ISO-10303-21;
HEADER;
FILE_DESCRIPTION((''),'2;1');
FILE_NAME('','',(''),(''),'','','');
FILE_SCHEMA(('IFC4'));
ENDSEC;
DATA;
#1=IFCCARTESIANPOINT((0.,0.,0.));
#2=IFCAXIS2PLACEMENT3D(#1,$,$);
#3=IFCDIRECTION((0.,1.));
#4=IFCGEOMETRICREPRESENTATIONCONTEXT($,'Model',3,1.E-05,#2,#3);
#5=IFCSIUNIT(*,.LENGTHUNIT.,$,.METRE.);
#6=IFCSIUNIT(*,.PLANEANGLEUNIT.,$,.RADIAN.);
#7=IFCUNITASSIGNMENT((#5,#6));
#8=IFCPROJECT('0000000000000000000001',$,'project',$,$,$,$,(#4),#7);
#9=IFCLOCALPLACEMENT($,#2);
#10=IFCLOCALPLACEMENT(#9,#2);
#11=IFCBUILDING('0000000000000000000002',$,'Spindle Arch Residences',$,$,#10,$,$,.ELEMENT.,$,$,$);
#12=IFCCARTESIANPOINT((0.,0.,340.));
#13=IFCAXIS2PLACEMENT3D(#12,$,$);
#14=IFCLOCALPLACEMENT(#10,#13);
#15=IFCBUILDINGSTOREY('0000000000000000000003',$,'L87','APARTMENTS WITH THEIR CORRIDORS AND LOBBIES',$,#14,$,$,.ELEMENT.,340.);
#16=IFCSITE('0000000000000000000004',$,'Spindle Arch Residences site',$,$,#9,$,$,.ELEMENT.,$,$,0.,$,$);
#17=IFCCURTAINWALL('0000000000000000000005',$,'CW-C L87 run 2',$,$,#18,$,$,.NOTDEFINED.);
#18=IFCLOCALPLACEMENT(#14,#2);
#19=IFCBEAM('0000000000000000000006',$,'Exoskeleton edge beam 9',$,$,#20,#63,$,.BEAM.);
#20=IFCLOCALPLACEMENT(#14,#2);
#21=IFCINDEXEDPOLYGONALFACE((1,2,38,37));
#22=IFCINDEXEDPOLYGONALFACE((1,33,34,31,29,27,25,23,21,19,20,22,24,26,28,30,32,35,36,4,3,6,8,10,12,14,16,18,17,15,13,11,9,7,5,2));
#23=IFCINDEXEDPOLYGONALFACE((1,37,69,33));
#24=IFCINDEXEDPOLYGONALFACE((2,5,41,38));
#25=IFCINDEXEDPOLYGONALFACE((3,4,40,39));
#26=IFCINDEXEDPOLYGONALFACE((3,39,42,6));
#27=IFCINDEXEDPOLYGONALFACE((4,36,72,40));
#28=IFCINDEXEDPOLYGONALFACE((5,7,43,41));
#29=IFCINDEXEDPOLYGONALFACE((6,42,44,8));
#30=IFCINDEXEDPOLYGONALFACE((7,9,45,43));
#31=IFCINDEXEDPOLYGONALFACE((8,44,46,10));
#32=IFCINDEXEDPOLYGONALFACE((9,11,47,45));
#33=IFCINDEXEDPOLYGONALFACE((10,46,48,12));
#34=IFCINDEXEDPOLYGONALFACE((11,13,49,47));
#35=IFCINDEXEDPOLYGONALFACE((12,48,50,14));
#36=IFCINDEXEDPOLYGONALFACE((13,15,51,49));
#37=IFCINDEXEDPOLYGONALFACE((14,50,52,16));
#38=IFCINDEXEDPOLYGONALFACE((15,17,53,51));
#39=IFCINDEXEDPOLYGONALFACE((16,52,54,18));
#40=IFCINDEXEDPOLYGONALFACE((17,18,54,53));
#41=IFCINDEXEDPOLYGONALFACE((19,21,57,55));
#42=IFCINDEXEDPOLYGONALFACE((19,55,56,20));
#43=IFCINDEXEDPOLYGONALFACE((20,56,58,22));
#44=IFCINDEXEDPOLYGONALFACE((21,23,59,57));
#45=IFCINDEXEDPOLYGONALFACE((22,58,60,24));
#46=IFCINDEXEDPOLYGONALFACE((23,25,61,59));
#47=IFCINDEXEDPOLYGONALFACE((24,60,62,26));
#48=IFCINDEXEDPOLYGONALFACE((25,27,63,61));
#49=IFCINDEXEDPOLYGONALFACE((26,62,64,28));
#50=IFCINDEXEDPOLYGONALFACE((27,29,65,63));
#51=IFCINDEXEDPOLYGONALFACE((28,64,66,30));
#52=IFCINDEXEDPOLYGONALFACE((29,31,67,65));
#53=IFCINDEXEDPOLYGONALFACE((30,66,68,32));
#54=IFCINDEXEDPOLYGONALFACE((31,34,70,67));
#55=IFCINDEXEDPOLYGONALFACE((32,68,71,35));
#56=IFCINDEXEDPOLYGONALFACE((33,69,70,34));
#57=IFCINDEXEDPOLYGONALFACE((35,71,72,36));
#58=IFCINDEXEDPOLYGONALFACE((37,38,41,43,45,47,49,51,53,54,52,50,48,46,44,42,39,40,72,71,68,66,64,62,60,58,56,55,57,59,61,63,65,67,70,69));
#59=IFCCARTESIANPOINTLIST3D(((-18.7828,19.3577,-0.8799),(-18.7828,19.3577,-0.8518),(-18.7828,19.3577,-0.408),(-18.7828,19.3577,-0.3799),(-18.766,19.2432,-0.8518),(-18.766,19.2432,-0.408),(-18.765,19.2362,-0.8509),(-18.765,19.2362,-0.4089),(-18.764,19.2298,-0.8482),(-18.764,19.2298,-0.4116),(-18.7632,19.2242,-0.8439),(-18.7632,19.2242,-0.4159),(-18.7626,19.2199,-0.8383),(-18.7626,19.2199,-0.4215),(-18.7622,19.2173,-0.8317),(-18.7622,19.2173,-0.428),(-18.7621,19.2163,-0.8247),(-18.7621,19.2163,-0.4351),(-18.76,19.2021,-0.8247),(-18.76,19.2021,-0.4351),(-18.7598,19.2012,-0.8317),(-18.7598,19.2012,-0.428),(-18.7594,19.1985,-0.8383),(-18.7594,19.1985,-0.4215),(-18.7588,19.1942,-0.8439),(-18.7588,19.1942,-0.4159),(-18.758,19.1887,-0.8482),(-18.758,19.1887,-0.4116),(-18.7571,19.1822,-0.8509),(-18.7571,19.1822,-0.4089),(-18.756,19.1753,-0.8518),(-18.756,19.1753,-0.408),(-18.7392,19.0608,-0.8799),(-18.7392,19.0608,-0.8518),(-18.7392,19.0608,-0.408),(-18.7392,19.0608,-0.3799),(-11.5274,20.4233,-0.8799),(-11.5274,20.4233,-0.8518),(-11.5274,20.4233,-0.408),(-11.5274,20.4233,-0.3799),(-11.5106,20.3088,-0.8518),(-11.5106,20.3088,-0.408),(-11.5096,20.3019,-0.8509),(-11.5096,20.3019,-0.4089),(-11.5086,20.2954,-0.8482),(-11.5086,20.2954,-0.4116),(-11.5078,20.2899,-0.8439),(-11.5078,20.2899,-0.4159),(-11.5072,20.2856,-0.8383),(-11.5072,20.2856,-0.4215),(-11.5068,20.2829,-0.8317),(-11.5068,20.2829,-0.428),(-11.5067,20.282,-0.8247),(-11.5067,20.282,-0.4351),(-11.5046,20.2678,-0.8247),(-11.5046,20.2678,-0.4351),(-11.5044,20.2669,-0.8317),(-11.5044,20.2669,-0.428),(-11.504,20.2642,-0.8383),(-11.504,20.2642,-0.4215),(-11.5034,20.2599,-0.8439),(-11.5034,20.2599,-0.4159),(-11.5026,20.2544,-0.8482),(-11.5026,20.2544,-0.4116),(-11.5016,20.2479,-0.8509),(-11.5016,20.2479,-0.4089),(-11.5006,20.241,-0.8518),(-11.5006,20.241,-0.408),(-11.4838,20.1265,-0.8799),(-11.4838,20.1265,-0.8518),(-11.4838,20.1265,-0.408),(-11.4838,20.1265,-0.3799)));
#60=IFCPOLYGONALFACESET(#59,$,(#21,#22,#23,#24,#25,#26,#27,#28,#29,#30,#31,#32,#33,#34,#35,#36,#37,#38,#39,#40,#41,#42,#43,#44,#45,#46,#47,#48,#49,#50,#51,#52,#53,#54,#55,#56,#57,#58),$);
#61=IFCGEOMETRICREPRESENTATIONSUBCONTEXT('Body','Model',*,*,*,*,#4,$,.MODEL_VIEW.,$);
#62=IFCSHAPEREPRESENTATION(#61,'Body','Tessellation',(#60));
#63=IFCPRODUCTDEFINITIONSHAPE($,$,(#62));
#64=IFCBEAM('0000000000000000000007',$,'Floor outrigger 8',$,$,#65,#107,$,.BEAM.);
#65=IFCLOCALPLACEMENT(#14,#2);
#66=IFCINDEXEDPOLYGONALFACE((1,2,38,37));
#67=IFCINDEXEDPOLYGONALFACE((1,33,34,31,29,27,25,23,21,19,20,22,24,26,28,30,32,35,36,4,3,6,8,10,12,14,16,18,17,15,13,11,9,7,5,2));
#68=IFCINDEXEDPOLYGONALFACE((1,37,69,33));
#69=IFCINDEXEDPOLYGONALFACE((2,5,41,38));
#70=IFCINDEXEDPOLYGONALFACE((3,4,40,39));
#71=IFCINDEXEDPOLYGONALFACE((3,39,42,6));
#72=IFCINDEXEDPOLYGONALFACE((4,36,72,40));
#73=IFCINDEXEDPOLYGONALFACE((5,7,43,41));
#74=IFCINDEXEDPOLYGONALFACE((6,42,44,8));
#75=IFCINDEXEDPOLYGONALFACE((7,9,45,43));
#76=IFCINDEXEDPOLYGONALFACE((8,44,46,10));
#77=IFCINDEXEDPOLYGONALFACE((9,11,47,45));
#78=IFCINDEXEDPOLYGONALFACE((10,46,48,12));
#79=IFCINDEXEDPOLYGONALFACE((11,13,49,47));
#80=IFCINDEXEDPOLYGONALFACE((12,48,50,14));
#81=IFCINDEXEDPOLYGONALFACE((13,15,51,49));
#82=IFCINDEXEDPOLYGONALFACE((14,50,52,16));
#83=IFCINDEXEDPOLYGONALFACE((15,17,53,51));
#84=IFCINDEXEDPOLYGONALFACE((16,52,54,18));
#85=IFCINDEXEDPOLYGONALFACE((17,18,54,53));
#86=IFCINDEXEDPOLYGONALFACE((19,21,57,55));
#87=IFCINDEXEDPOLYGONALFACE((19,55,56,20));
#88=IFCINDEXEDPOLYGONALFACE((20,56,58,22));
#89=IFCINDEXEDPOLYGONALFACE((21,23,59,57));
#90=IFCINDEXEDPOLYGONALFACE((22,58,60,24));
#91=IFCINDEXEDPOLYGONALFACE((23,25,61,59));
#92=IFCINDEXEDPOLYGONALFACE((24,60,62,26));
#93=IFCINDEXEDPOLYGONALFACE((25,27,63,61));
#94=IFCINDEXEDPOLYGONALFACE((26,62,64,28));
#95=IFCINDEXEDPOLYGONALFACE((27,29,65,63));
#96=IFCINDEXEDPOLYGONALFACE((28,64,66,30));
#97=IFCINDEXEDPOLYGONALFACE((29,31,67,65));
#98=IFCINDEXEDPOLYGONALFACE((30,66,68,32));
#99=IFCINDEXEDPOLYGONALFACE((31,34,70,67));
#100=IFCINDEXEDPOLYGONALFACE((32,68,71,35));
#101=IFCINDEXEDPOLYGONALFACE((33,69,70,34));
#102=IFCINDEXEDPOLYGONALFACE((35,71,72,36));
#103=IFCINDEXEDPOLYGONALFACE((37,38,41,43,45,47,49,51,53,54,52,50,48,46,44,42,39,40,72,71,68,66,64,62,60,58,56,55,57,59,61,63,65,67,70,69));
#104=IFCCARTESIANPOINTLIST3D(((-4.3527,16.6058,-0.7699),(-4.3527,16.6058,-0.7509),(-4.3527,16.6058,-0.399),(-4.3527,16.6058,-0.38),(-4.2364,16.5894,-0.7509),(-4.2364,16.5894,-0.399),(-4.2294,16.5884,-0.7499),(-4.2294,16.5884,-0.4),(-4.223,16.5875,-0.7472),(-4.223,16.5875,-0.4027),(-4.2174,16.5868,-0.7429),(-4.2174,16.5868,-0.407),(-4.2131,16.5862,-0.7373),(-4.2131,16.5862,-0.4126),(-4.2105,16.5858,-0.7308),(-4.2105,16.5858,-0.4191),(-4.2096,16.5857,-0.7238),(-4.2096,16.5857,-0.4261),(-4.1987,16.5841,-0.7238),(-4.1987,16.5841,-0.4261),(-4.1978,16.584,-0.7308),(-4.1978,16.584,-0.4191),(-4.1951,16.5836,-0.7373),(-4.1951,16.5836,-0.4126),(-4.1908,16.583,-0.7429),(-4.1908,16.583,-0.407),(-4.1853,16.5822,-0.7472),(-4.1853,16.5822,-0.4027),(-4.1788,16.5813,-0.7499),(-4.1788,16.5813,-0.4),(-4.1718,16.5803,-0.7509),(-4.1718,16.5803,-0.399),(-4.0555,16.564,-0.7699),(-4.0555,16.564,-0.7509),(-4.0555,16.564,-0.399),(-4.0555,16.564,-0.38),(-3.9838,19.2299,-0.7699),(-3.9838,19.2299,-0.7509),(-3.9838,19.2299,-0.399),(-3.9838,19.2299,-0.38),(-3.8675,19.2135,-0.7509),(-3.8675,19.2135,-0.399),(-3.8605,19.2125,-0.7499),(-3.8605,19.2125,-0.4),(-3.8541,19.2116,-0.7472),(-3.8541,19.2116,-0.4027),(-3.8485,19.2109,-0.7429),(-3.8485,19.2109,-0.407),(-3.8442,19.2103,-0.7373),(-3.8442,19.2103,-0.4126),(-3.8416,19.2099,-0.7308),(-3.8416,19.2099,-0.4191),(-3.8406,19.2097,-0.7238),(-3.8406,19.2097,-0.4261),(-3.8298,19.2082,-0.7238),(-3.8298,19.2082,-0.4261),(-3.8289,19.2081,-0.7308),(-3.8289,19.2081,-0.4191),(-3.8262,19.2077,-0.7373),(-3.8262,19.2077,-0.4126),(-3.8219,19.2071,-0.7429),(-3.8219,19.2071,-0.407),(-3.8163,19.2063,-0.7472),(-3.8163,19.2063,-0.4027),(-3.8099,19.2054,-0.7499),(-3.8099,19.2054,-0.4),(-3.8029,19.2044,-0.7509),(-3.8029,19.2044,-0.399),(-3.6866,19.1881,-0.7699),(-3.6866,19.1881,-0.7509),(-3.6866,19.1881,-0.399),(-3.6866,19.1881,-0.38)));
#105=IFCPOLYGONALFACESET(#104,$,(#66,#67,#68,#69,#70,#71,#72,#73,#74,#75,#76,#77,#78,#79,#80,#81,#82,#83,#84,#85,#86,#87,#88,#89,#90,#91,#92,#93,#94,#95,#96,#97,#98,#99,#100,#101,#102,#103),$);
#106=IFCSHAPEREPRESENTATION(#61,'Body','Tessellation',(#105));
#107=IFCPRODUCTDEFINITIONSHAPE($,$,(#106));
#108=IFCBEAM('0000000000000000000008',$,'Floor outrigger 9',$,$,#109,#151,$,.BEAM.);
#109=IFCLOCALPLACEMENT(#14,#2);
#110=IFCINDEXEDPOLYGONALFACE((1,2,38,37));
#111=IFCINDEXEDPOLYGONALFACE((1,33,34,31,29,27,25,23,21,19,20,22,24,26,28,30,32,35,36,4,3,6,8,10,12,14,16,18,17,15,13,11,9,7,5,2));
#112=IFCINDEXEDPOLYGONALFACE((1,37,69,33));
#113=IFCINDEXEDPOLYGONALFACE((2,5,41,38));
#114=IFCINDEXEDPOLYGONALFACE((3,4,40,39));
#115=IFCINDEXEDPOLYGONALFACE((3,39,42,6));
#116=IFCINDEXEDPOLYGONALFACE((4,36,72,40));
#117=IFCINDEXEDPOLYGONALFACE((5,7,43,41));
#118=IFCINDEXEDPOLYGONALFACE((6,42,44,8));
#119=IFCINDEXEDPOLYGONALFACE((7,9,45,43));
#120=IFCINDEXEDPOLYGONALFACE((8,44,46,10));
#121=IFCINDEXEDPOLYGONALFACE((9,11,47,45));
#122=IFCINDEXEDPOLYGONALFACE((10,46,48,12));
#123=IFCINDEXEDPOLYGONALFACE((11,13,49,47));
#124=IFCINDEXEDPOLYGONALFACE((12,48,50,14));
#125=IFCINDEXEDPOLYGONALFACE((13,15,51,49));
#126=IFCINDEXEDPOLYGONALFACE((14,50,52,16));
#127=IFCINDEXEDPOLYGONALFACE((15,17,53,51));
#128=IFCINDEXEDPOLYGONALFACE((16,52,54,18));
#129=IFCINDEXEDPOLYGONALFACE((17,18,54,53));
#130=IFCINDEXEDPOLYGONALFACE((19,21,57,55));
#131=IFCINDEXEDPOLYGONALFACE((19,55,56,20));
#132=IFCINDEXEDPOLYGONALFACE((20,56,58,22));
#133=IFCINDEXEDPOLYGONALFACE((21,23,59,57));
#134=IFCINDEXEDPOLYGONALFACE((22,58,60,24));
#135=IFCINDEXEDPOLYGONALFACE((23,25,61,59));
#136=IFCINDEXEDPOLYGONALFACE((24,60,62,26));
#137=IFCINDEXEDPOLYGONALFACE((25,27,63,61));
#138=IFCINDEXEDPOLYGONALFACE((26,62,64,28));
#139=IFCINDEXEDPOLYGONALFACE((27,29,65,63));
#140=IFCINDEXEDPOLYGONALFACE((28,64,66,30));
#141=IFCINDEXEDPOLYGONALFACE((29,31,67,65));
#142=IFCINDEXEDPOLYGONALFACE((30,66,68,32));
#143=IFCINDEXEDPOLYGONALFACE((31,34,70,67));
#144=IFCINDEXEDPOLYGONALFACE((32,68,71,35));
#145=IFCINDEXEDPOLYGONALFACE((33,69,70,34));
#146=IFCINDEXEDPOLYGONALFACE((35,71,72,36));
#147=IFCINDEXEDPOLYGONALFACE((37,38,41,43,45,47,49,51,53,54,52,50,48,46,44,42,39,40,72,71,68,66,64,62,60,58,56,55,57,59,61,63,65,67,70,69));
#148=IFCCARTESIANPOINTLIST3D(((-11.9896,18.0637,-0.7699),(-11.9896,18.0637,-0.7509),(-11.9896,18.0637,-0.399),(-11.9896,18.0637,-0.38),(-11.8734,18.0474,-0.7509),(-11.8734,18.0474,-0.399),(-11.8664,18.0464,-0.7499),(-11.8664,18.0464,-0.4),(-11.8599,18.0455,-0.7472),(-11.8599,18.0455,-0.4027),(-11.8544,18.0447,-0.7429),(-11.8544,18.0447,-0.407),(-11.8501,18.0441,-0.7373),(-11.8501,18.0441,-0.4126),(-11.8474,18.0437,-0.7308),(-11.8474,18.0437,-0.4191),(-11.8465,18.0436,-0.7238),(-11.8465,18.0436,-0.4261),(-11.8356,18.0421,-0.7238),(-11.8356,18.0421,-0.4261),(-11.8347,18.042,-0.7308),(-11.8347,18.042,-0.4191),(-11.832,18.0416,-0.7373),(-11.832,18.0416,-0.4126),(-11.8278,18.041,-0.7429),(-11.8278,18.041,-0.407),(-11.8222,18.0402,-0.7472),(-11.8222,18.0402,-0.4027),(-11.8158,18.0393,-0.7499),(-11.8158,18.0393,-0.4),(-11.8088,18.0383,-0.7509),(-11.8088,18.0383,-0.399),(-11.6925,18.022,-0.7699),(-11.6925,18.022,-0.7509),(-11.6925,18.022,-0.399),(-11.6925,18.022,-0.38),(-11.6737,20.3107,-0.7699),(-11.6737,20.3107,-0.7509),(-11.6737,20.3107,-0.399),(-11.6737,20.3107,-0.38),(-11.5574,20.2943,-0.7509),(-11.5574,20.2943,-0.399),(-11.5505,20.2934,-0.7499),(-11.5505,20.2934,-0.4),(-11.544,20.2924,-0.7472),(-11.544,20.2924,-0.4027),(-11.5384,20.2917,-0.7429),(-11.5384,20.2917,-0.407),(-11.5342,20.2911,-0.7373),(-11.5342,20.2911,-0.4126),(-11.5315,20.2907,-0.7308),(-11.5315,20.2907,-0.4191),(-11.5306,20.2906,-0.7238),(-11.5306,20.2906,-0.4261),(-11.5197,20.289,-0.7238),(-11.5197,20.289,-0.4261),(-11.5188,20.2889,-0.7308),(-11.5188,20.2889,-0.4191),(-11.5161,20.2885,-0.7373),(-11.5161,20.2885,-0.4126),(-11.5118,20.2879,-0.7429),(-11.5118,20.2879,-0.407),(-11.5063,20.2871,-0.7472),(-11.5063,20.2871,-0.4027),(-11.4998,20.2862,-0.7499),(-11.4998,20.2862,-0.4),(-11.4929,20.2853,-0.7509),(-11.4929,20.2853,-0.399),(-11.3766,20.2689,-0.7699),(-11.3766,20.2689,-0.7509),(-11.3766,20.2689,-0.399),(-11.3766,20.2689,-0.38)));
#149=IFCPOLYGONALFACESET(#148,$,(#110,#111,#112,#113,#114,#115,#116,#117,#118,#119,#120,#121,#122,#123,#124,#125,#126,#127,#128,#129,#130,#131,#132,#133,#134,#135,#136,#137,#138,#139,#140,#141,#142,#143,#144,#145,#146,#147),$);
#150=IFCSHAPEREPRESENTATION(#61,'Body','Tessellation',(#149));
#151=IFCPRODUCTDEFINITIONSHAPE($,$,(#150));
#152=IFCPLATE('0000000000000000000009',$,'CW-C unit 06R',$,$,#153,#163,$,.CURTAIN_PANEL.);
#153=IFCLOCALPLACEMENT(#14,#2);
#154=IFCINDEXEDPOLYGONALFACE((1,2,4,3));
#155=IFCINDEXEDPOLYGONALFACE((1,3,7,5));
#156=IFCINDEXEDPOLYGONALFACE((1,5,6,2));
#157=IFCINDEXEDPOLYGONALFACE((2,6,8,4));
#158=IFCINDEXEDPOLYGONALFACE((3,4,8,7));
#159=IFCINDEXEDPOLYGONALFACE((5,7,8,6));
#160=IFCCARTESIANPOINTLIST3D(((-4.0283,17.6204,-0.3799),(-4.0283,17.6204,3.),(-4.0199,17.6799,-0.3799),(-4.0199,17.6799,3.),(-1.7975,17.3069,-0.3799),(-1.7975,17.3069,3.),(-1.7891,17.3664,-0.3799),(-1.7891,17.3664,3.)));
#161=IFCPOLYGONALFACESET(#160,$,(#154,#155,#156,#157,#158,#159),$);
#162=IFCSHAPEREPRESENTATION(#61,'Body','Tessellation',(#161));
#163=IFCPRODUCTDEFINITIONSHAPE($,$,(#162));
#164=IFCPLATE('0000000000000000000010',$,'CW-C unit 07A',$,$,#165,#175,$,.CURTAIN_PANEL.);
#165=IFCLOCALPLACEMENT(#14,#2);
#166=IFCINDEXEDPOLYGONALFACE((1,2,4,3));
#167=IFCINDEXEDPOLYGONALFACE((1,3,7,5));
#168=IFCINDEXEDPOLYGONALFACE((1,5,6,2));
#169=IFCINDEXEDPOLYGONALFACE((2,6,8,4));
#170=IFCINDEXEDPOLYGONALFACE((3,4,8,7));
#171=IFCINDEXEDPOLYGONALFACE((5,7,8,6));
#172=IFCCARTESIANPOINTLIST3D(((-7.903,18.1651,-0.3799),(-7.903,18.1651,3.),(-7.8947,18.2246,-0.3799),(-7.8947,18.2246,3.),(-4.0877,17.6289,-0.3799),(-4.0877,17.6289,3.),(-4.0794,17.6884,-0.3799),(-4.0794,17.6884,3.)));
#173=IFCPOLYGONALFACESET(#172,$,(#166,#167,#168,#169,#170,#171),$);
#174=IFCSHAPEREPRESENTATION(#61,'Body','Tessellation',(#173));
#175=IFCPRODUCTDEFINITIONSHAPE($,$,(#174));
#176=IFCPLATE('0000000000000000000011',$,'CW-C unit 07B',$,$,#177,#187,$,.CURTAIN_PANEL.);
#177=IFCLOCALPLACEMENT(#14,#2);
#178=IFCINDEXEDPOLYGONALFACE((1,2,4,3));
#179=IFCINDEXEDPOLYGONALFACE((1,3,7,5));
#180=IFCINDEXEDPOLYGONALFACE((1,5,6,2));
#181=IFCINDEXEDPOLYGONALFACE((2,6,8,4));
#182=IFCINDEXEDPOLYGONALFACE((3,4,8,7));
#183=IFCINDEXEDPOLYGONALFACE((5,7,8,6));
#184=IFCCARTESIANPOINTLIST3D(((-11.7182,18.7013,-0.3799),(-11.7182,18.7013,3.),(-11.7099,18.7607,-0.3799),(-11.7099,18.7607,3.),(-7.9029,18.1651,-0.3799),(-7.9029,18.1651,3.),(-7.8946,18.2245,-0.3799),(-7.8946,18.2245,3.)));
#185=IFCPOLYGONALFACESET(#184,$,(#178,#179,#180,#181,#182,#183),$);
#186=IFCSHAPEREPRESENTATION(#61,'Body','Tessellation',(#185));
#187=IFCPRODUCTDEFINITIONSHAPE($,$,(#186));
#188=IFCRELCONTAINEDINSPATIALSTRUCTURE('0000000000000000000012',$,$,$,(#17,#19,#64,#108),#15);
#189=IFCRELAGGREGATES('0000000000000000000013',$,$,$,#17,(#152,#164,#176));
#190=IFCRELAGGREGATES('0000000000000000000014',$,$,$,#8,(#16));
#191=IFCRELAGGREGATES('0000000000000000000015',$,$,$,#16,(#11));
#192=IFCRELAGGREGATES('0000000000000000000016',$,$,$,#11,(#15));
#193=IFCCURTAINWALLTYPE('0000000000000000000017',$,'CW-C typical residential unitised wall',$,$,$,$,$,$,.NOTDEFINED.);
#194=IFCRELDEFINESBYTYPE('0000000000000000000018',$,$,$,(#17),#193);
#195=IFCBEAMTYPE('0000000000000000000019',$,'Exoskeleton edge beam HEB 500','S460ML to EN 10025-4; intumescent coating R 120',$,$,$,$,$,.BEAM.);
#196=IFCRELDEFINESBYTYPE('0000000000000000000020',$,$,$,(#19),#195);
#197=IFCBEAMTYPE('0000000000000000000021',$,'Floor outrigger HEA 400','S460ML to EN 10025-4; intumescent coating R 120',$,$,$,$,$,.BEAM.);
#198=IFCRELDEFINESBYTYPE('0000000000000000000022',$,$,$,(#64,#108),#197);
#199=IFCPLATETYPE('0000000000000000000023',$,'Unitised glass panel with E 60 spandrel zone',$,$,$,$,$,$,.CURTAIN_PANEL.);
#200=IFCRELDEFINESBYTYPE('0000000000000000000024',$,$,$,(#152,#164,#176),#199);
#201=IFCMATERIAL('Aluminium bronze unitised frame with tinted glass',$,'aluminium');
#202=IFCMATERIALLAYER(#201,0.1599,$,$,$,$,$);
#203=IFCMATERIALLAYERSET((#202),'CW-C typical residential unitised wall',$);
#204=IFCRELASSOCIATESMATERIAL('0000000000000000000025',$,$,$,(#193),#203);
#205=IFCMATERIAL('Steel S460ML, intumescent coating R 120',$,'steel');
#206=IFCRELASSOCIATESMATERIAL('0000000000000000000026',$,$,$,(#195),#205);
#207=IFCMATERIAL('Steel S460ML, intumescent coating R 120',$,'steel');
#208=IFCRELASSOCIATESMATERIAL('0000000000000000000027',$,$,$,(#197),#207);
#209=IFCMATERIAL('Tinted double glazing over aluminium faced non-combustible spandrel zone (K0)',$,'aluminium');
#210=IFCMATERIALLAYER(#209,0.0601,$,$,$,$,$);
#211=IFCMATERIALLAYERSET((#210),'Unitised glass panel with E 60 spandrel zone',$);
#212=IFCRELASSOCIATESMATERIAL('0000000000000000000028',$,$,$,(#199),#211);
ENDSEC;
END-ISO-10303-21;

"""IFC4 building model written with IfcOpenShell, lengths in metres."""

from ifc_helpers import new_model, si_unit, direction, frame, origin, origin_2d, place, context, subcontext, project, spatial, rectangle, i_section, extrude, material, layer, layer_set, material_profile, profile_set, type_object, element, aggregate, save


model = new_model("IFC4")

# Units and contexts
model_context = context("Model", 3, precision=1e-05, world=origin(), true_north=direction((0.0, 1.0)))
body_context = subcontext(model_context, "Body", "Model", "MODEL_VIEW")
ifc_project = project(units=[si_unit("LENGTHUNIT", "METRE"), si_unit("PLANEANGLEUNIT", "RADIAN")], contexts=[model_context])

# Site, building, storey
site_placement = place(None, origin())
site = spatial("IfcSite", under=ifc_project, at=site_placement, Name="Spindle Arch Residences site", CompositionType="ELEMENT", RefElevation=0.0)
building_placement = place(site_placement, origin())
building = spatial("IfcBuilding", under=site, at=building_placement, Name="Spindle Arch Residences", CompositionType="ELEMENT")
storey_placement = place(building_placement, frame((0.0, 0.0, 340.0)))
storey = spatial("IfcBuildingStorey", under=building, at=storey_placement, Name="L87", Description="APARTMENTS WITH THEIR CORRIDORS AND LOBBIES", CompositionType="ELEMENT", Elevation=340.0)

# Curtain wall
ifc_material_1 = material(Name="Aluminium bronze unitised frame with tinted glass", Category="aluminium")
ifc_layer_1 = layer(ifc_material_1, 0.1599)
ifc_layer_set_1 = layer_set([ifc_layer_1], Name="CW-C typical residential unitised wall")
curtain_wall_type_1 = type_object("IfcCurtainWallType", Name="CW-C typical residential unitised wall", PredefinedType="NOTDEFINED", material=ifc_layer_set_1)
curtain_wall_1_placement = place(storey_placement, origin())
curtain_wall_1 = element("IfcCurtainWall", 1, at=curtain_wall_1_placement, inside=storey, type_object=curtain_wall_type_1, Name="CW-C L87 run 2", PredefinedType="NOTDEFINED")

# Beams
ifc_material_2 = material(Name="Steel S460ML, intumescent coating R 120", Category="steel")
ifc_material_profile_1 = material_profile(ifc_material_2, i_section(OverallWidth=0.3, OverallDepth=0.5, WebThickness=0.0144, FlangeThickness=0.0281, FilletRadius=0.0271, at=origin_2d()), Name="HEB 500")
ifc_profile_set_1 = profile_set([ifc_material_profile_1], Name="Steel S460ML, intumescent coating R 120")
beam_type_1 = type_object("IfcBeamType", Name="Exoskeleton edge beam HEB 500", Description="S460ML to EN 10025-4; intumescent coating R 120", PredefinedType="BEAM", material=ifc_profile_set_1)
beam_1_placement = place(storey_placement, frame((-11.5056, 20.2749, -0.6299), z_axis=(-0.989384, -0.145321, 0.0), x_axis=(0.145321, -0.989384, 0.0)))
element("IfcBeam", 2, at=beam_1_placement, inside=storey, type_object=beam_type_1, Name="Exoskeleton edge beam 9", PredefinedType="BEAM", context=body_context, shape_type="SweptSolid", body=[
    extrude(i_section(OverallWidth=0.3, OverallDepth=0.5, WebThickness=0.0144, FlangeThickness=0.0281, FilletRadius=0.0271, at=origin_2d()), origin(), (0.0, 0.0, 1.0), 7.3333),
])
ifc_material_3 = material(Name="Steel S460ML, intumescent coating R 120", Category="steel")
ifc_material_profile_2 = material_profile(ifc_material_3, i_section(OverallWidth=0.3, OverallDepth=0.3899, WebThickness=0.011, FlangeThickness=0.019, FilletRadius=0.0271, at=origin_2d()), Name="HEA 400")
ifc_profile_set_2 = profile_set([ifc_material_profile_2], Name="Steel S460ML, intumescent coating R 120")
beam_type_2 = type_object("IfcBeamType", Name="Floor outrigger HEA 400", Description="S460ML to EN 10025-4; intumescent coating R 120", PredefinedType="BEAM", material=ifc_profile_set_2)
beam_2_placement = place(storey_placement, frame((-3.8352, 19.209, -0.575), z_axis=(-0.139215, -0.990262, 0.0), x_axis=(0.990262, -0.139215, 0.0)))
element("IfcBeam", 3, at=beam_2_placement, inside=storey, type_object=beam_type_2, Name="Floor outrigger 8", PredefinedType="BEAM", context=body_context, shape_type="SweptSolid", body=[
    extrude(i_section(OverallWidth=0.3, OverallDepth=0.3899, WebThickness=0.011, FlangeThickness=0.019, FilletRadius=0.0271, at=origin_2d()), origin(), (0.0, 0.0, 1.0), 2.6499),
])
beam_3_placement = place(storey_placement, frame((-11.5251, 20.2898, -0.575), z_axis=(-0.139237, -0.990259, 0.0), x_axis=(0.990259, -0.139237, 0.0)))
element("IfcBeam", 4, at=beam_3_placement, inside=storey, type_object=beam_type_2, Name="Floor outrigger 9", PredefinedType="BEAM", context=body_context, shape_type="SweptSolid", body=[
    extrude(i_section(OverallWidth=0.3, OverallDepth=0.3899, WebThickness=0.011, FlangeThickness=0.019, FilletRadius=0.0271, at=origin_2d()), origin(), (0.0, 0.0, 1.0), 2.269),
])

# Plates
ifc_material_4 = material(Name="Tinted double glazing over aluminium faced non-combustible spandrel zone (K0)", Category="aluminium")
ifc_layer_2 = layer(ifc_material_4, 0.0601)
ifc_layer_set_2 = layer_set([ifc_layer_2], Name="Unitised glass panel with E 60 spandrel zone")
plate_type = type_object("IfcPlateType", Name="Unitised glass panel with E 60 spandrel zone", PredefinedType="CURTAIN_PANEL", material=ifc_layer_set_2)
plate_1_placement = place(storey_placement, frame((-2.9087, 17.4934, -0.3799), z_axis=(0.0, 0.0, 1.0), x_axis=(-0.990268, 0.139173, 0.0)))
plate_1 = element("IfcPlate", 5, at=plate_1_placement, type_object=plate_type, Name="CW-C unit 06R", PredefinedType="CURTAIN_PANEL", context=body_context, shape_type="SweptSolid", body=[
    extrude(rectangle(XDim=2.2527, YDim=0.0601, at=origin_2d()), origin(), (0.0, 0.0, 1.0), 3.3799),
])
plate_2_placement = place(storey_placement, frame((-5.9912, 17.9268, -0.3799), z_axis=(0.0, 0.0, 1.0), x_axis=(-0.990268, 0.139173, 0.0)))
plate_2 = element("IfcPlate", 6, at=plate_2_placement, type_object=plate_type, Name="CW-C unit 07A", PredefinedType="CURTAIN_PANEL", context=body_context, shape_type="SweptSolid", body=[
    extrude(rectangle(XDim=3.8528, YDim=0.0601, at=origin_2d()), origin(), (0.0, 0.0, 1.0), 3.3799),
])
plate_3_placement = place(storey_placement, frame((-9.8064, 18.4629, -0.3799), z_axis=(0.0, 0.0, 1.0), x_axis=(-0.990268, 0.139173, 0.0)))
plate_3 = element("IfcPlate", 7, at=plate_3_placement, type_object=plate_type, Name="CW-C unit 07B", PredefinedType="CURTAIN_PANEL", context=body_context, shape_type="SweptSolid", body=[
    extrude(rectangle(XDim=3.8528, YDim=0.0601, at=origin_2d()), origin(), (0.0, 0.0, 1.0), 3.3799),
])
aggregate(curtain_wall_1, [plate_1, plate_2, plate_3])

save(model, "model.ifc")
